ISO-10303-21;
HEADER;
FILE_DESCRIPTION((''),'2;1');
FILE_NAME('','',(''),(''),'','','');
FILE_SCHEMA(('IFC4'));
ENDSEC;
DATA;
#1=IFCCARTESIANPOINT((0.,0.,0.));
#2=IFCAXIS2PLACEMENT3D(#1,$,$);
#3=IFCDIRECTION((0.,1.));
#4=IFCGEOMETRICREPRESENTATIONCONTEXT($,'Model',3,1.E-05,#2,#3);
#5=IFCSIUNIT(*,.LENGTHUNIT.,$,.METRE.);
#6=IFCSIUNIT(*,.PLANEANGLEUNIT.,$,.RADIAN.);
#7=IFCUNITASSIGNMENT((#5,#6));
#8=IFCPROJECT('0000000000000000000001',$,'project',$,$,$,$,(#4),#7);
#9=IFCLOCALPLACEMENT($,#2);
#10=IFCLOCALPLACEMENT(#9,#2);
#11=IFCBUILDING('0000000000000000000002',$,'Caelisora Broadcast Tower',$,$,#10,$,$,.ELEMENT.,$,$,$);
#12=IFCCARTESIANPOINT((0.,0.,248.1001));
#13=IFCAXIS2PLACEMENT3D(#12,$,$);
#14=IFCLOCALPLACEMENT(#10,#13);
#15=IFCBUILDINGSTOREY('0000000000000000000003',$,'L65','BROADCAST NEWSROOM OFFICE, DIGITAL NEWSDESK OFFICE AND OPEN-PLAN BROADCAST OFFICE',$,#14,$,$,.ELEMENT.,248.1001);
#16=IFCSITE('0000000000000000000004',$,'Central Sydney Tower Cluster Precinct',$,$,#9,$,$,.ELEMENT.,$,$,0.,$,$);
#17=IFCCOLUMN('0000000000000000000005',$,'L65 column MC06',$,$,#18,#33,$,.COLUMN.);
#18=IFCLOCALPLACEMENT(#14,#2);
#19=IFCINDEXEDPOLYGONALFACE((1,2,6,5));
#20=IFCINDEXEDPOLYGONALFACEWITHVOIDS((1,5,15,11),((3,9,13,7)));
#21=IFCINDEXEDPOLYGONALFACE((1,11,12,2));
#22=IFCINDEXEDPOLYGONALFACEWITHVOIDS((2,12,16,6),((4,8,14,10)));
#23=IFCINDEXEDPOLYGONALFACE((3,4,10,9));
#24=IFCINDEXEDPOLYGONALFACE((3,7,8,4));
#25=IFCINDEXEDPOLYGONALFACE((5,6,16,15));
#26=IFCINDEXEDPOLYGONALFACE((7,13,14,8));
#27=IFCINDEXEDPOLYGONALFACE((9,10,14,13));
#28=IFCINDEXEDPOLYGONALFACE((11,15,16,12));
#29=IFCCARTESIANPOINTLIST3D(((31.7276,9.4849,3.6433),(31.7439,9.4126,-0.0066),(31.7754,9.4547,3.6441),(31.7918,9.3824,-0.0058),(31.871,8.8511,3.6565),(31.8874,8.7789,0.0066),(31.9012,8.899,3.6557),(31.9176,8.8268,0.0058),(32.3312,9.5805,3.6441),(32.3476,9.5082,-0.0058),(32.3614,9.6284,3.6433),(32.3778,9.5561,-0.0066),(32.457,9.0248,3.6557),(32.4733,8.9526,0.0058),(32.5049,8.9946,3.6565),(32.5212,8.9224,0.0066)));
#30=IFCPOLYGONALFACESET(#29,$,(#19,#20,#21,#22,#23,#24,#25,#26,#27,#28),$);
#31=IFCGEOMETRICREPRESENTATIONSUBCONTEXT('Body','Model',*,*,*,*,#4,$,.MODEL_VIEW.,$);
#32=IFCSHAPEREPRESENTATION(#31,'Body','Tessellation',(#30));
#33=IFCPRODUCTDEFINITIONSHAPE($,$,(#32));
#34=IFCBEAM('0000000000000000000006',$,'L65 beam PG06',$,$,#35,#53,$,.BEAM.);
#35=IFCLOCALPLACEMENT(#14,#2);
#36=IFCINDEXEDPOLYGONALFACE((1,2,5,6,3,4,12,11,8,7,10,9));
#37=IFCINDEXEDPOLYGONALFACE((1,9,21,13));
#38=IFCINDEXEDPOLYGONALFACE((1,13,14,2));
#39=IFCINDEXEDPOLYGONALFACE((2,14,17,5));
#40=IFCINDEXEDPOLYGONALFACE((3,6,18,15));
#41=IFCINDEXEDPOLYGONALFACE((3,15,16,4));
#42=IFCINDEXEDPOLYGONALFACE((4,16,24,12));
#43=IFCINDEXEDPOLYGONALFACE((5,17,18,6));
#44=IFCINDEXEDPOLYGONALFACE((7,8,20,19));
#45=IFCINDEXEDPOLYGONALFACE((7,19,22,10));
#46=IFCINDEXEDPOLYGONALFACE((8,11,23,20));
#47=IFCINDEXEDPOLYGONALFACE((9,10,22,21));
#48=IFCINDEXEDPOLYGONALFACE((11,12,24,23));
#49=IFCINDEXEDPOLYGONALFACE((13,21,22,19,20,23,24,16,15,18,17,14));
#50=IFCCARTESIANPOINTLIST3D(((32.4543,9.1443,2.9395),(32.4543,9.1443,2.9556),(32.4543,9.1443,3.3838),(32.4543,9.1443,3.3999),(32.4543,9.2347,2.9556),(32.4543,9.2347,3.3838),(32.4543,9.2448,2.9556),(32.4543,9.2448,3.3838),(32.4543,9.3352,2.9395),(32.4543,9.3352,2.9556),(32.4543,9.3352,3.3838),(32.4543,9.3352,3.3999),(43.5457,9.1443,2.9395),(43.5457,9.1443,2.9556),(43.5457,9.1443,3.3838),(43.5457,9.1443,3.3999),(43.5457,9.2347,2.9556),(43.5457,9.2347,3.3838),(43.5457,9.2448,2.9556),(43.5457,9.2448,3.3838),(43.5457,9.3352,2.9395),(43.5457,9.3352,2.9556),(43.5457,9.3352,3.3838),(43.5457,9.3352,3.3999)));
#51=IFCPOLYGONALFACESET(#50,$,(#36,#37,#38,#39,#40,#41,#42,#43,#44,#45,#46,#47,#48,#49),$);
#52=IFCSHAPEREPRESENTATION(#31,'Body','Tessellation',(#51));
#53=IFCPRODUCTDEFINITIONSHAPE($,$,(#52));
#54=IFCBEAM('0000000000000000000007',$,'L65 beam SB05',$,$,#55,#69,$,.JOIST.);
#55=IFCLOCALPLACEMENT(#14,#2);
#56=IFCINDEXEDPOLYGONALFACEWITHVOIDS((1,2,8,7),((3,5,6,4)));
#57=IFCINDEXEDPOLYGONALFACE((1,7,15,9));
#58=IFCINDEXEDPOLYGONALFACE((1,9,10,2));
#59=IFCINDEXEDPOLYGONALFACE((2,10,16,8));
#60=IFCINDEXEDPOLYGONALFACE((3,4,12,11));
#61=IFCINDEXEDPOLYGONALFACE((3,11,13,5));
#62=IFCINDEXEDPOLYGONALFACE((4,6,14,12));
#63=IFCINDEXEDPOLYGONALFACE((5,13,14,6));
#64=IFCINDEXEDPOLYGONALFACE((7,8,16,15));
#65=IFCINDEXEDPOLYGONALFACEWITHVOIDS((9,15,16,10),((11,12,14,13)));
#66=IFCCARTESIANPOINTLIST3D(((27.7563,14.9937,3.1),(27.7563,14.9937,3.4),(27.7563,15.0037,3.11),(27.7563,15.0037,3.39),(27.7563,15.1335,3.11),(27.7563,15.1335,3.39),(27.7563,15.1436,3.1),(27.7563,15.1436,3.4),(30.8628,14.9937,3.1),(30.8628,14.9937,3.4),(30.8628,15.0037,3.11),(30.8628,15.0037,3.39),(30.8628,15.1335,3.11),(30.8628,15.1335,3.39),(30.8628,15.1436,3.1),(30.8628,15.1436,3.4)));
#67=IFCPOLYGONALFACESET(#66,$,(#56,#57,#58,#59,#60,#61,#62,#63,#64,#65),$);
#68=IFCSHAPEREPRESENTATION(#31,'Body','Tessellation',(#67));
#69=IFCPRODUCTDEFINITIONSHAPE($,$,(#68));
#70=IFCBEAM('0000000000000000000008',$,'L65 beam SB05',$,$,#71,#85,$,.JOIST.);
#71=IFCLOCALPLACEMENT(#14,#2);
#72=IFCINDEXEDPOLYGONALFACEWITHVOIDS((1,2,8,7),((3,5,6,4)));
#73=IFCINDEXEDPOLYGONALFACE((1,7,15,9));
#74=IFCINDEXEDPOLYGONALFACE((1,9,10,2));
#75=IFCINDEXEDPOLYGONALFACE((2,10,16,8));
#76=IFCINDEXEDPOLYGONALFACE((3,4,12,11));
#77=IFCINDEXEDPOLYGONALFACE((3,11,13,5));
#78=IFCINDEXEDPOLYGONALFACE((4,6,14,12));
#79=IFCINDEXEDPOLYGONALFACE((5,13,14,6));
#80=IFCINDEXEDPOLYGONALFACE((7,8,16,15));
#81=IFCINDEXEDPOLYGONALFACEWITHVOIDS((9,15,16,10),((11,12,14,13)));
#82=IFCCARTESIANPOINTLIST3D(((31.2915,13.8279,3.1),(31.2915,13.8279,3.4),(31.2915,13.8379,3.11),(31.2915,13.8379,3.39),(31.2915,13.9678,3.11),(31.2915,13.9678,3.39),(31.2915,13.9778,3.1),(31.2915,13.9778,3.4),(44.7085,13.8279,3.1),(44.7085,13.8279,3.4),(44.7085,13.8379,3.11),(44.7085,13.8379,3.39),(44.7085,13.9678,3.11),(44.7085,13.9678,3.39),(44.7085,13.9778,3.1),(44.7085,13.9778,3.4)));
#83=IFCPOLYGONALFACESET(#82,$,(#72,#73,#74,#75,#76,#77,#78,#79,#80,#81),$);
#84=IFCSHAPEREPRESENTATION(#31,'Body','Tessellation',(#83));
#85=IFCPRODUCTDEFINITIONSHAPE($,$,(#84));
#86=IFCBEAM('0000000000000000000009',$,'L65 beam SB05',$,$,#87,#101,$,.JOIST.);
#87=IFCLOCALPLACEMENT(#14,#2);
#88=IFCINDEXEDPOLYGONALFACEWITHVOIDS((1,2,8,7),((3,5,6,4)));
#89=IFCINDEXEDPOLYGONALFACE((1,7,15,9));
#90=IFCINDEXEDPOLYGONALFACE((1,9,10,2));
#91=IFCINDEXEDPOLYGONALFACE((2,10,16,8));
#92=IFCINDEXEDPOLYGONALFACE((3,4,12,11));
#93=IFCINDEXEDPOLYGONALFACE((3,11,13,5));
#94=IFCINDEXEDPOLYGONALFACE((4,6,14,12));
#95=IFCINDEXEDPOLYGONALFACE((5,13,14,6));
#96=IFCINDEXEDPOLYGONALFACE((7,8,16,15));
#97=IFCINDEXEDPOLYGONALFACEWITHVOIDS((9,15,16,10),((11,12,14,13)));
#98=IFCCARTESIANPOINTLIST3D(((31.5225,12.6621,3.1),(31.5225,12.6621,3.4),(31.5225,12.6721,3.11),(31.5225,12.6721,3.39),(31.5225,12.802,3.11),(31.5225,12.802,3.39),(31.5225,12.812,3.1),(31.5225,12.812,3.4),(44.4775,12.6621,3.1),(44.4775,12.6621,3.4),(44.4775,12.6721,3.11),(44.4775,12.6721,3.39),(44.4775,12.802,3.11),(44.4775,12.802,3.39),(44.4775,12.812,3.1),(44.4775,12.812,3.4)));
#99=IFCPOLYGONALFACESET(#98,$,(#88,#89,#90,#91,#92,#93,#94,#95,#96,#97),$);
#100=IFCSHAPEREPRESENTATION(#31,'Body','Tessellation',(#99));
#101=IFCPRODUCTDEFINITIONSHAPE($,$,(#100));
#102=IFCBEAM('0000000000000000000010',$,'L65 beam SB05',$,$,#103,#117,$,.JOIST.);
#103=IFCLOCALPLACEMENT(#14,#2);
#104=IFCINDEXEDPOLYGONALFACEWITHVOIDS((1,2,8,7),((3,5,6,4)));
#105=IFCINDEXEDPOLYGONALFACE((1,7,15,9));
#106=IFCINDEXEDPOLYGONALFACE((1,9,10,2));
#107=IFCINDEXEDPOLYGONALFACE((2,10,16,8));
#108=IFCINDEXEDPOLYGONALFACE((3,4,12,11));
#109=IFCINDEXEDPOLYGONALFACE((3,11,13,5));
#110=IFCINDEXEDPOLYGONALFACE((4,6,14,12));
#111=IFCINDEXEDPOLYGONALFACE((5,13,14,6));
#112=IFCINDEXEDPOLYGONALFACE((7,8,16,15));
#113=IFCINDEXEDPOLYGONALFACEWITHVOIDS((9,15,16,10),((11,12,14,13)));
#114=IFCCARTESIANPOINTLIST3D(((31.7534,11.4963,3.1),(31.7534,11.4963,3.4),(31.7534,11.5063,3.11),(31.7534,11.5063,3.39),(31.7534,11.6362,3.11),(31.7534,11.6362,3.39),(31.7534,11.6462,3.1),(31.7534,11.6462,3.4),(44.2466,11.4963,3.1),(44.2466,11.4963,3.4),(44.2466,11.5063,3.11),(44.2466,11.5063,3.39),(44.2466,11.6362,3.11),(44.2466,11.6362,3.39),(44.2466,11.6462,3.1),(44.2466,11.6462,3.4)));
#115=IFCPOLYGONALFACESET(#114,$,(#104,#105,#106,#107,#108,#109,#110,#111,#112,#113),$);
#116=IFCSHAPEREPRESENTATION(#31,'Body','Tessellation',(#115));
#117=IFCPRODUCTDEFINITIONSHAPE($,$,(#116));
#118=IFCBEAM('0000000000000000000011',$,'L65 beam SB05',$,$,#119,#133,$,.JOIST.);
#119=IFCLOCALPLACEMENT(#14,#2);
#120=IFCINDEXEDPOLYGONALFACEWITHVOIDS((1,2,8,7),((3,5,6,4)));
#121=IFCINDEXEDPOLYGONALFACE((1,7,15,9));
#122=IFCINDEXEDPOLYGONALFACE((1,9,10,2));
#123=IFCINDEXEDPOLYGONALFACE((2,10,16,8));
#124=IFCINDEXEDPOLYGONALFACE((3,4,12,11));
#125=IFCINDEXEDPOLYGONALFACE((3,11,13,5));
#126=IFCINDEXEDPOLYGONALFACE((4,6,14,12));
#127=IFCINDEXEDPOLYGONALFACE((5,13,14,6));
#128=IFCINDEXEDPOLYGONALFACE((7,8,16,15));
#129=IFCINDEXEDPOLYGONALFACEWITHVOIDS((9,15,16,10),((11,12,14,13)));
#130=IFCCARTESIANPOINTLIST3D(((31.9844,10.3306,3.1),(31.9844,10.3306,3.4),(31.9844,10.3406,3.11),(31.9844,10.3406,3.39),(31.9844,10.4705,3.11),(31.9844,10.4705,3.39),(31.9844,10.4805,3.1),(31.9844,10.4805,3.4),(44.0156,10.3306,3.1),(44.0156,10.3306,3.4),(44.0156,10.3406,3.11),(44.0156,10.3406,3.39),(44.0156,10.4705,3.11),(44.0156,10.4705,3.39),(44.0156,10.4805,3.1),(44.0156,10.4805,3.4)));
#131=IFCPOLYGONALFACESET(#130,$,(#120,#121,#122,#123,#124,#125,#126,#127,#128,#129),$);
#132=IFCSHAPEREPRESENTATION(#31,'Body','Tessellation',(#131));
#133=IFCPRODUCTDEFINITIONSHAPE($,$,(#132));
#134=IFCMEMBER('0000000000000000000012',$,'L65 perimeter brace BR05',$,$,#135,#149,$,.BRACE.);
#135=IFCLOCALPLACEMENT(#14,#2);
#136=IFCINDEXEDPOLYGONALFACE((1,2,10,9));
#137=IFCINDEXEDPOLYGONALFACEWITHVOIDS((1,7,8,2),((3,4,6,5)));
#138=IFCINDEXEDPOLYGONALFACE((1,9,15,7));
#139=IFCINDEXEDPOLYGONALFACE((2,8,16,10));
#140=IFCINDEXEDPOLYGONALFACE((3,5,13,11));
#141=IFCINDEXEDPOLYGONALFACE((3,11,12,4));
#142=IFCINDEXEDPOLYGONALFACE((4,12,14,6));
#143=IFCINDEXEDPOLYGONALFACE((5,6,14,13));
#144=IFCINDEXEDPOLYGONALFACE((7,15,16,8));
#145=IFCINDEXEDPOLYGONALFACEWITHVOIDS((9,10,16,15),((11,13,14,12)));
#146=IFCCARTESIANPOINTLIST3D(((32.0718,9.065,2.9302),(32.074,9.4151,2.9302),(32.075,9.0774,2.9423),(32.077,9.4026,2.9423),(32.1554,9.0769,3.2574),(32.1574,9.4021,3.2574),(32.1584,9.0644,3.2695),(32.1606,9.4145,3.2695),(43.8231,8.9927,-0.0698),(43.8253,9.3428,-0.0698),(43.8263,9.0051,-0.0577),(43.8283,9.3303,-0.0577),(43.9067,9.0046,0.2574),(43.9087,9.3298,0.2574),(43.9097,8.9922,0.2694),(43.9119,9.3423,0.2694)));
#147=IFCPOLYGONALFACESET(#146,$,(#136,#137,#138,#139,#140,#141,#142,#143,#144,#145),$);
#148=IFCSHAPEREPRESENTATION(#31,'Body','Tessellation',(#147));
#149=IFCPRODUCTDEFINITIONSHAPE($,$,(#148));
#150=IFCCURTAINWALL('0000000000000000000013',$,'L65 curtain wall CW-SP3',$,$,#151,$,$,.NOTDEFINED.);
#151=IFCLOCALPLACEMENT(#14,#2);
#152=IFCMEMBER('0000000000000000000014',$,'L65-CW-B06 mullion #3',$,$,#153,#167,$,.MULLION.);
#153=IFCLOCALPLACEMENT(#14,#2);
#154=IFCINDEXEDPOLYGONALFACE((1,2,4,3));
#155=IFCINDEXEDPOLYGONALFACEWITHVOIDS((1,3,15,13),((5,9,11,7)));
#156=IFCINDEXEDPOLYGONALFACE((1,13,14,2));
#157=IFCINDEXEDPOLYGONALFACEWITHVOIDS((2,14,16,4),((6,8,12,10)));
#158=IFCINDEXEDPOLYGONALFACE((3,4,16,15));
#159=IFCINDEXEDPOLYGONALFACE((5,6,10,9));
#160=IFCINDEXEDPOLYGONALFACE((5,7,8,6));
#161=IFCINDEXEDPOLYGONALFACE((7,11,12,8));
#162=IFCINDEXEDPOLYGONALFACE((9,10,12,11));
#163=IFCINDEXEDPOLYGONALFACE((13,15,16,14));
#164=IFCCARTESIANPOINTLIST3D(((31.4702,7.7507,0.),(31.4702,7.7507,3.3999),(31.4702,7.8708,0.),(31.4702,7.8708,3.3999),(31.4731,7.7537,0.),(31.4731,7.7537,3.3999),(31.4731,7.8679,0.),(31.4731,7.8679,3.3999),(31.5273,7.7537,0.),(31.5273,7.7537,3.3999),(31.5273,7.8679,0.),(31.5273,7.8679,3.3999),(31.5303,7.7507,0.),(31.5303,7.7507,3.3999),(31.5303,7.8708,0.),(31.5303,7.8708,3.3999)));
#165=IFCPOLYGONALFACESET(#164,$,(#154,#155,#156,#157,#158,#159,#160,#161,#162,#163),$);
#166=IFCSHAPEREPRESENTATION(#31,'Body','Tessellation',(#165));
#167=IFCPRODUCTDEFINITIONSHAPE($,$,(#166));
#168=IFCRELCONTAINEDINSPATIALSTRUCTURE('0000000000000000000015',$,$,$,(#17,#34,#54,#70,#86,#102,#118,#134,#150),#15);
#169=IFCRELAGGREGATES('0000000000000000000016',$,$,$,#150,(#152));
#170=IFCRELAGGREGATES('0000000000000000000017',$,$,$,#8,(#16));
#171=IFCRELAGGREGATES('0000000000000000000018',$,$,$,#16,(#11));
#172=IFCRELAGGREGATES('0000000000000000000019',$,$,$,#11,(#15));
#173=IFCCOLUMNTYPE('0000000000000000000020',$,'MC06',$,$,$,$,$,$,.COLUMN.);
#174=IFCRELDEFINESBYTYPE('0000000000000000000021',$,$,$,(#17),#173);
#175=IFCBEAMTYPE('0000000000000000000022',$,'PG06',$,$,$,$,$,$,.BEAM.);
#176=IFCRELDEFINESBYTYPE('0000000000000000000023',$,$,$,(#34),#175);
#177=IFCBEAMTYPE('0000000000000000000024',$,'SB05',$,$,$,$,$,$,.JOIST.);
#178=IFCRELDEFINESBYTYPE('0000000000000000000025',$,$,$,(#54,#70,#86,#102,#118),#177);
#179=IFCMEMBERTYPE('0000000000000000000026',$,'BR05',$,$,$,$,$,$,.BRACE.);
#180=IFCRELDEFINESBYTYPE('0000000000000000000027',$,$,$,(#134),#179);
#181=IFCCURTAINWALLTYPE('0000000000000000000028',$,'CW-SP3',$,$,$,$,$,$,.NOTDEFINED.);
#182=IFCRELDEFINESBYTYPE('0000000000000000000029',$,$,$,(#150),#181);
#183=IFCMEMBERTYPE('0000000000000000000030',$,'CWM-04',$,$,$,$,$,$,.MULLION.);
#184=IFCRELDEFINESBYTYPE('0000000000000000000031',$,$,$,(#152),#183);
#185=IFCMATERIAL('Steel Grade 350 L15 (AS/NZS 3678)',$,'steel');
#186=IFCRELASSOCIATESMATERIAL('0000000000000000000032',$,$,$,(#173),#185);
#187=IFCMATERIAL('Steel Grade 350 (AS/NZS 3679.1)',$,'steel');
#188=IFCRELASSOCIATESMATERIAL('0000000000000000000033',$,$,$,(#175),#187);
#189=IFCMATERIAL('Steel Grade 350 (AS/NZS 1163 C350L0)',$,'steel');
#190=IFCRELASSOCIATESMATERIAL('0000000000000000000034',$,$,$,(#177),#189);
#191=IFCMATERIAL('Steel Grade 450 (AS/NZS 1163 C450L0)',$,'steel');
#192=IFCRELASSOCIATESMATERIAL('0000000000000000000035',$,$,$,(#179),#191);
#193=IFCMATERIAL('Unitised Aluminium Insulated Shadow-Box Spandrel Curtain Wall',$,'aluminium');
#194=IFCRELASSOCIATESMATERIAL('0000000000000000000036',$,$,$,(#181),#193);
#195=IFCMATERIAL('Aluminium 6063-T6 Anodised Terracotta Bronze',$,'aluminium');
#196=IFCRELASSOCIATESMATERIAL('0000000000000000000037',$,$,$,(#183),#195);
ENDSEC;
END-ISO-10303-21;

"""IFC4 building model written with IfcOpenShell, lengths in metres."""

from ifc_helpers import new_model, si_unit, direction, frame, origin, origin_2d, place, context, subcontext, project, spatial, hollow_rectangle, i_section, extrude, source, transform, mapped, material, material_profile, profile_set, type_object, type_shapes, element, aggregate, save


model = new_model("IFC4")

# Units and contexts
model_context = context("Model", 3, precision=1e-05, world=origin(), true_north=direction((0.0, 1.0)))
body_context = subcontext(model_context, "Body", "Model", "MODEL_VIEW")
ifc_project = project(units=[si_unit("LENGTHUNIT", "METRE"), si_unit("PLANEANGLEUNIT", "RADIAN")], contexts=[model_context])

# Site, building, storey
site_placement = place(None, origin())
site = spatial("IfcSite", under=ifc_project, at=site_placement, Name="Central Sydney Tower Cluster Precinct", CompositionType="ELEMENT", RefElevation=0.0)
building_placement = place(site_placement, origin())
building = spatial("IfcBuilding", under=site, at=building_placement, Name="Caelisora Broadcast Tower", CompositionType="ELEMENT")
storey_placement = place(building_placement, frame((0.0, 0.0, 248.1001)))
storey = spatial("IfcBuildingStorey", under=building, at=storey_placement, Name="L65", Description="BROADCAST NEWSROOM OFFICE, DIGITAL NEWSDESK OFFICE AND OPEN-PLAN BROADCAST OFFICE", CompositionType="ELEMENT", Elevation=248.1001)

# Column
ifc_material_1 = material(Name="Steel Grade 350 L15 (AS/NZS 3678)", Category="steel")
ifc_material_profile_1 = material_profile(ifc_material_1, hollow_rectangle(XDim=0.6499, YDim=0.6499, WallThickness=0.04, at=origin_2d()), Name="Steel Grade 350 L15 (AS/NZS 3678)")
ifc_profile_set_1 = profile_set([ifc_material_profile_1], Name="Steel Grade 350 L15 (AS/NZS 3678)")
column_type = type_object("IfcColumnType", Name="MC06", PredefinedType="COLUMN", material=ifc_profile_set_1)
shared_shape_1 = source(origin(), body_context, "Body", "SweptSolid", [
    extrude(hollow_rectangle(XDim=0.6499, YDim=0.6499, WallThickness=0.04, at=origin_2d()), origin(), (0.0, 0.0, 1.0), 3.6506),
])
type_shapes(column_type, [shared_shape_1])
column_placement = place(storey_placement, frame((32.1326, 9.1675, 0.0), z_axis=(-0.004481, 0.019795, 0.999794), x_axis=(-0.975327, -0.220767, 0.0)))
element("IfcColumn", 1, at=column_placement, inside=storey, type_object=column_type, Name="L65 column MC06", PredefinedType="COLUMN", context=body_context, shape_type="MappedRepresentation", body=[
    mapped(shared_shape_1, transform((0.0, 0.0, 0.0), scale=1.0)),
])

# Beams
ifc_material_2 = material(Name="Steel Grade 350 (AS/NZS 3679.1)", Category="steel")
ifc_material_profile_2 = material_profile(ifc_material_2, i_section(OverallWidth=0.1909, OverallDepth=0.4604, WebThickness=0.01, FlangeThickness=0.0161, at=origin_2d()), Name="Steel Grade 350 (AS/NZS 3679.1)")
ifc_profile_set_2 = profile_set([ifc_material_profile_2], Name="Steel Grade 350 (AS/NZS 3679.1)")
beam_type_1 = type_object("IfcBeamType", Name="PG06", PredefinedType="BEAM", material=ifc_profile_set_2)
shared_shape_2 = source(origin(), body_context, "Body", "SweptSolid", [
    extrude(i_section(OverallWidth=0.1909, OverallDepth=0.4604, WebThickness=0.01, FlangeThickness=0.0161, at=origin_2d()), origin(), (0.0, 0.0, 1.0), 11.0913),
])
type_shapes(beam_type_1, [shared_shape_2])
beam_1_placement = place(storey_placement, frame((32.4543, 9.2397, 3.1697), z_axis=(1.0, 0.0, 0.0), x_axis=(0.0, 1.0, 0.0)))
element("IfcBeam", 2, at=beam_1_placement, inside=storey, type_object=beam_type_1, Name="L65 beam PG06", PredefinedType="BEAM", context=body_context, shape_type="MappedRepresentation", body=[
    mapped(shared_shape_2, transform((0.0, 0.0, 0.0), scale=1.0)),
])
ifc_material_3 = material(Name="Steel Grade 350 (AS/NZS 1163 C350L0)", Category="steel")
ifc_material_profile_3 = material_profile(ifc_material_3, hollow_rectangle(XDim=0.1499, YDim=0.3, WallThickness=0.01, at=origin_2d()), Name="Steel Grade 350 (AS/NZS 1163 C350L0)")
ifc_profile_set_3 = profile_set([ifc_material_profile_3], Name="Steel Grade 350 (AS/NZS 1163 C350L0)")
beam_type_2 = type_object("IfcBeamType", Name="SB05", PredefinedType="JOIST", material=ifc_profile_set_3)
shared_shape_3 = source(origin(), body_context, "Body", "SweptSolid", [
    extrude(hollow_rectangle(XDim=0.1499, YDim=0.3, WallThickness=0.01, at=origin_2d()), origin(), (0.0, 0.0, 1.0), 3.1064),
])
beam_2_placement = place(storey_placement, frame((27.7563, 15.0686, 3.25), z_axis=(1.0, 0.0, 0.0), x_axis=(0.0, 1.0, 0.0)))
element("IfcBeam", 3, at=beam_2_placement, inside=storey, type_object=beam_type_2, Name="L65 beam SB05", PredefinedType="JOIST", context=body_context, shape_type="MappedRepresentation", body=[
    mapped(shared_shape_3, transform((0.0, 0.0, 0.0), scale=1.0)),
])
shared_shape_4 = source(origin(), body_context, "Body", "SweptSolid", [
    extrude(hollow_rectangle(XDim=0.1499, YDim=0.3, WallThickness=0.01, at=origin_2d()), origin(), (0.0, 0.0, 1.0), 13.417),
])
beam_3_placement = place(storey_placement, frame((31.2915, 13.9028, 3.25), z_axis=(1.0, 0.0, 0.0), x_axis=(0.0, 1.0, 0.0)))
element("IfcBeam", 4, at=beam_3_placement, inside=storey, type_object=beam_type_2, Name="L65 beam SB05", PredefinedType="JOIST", context=body_context, shape_type="MappedRepresentation", body=[
    mapped(shared_shape_4, transform((0.0, 0.0, 0.0), scale=1.0)),
])
shared_shape_5 = source(origin(), body_context, "Body", "SweptSolid", [
    extrude(hollow_rectangle(XDim=0.1499, YDim=0.3, WallThickness=0.01, at=origin_2d()), origin(), (0.0, 0.0, 1.0), 12.9551),
])
beam_4_placement = place(storey_placement, frame((31.5225, 12.7371, 3.25), z_axis=(1.0, 0.0, 0.0), x_axis=(0.0, 1.0, 0.0)))
element("IfcBeam", 5, at=beam_4_placement, inside=storey, type_object=beam_type_2, Name="L65 beam SB05", PredefinedType="JOIST", context=body_context, shape_type="MappedRepresentation", body=[
    mapped(shared_shape_5, transform((0.0, 0.0, 0.0), scale=1.0)),
])
shared_shape_6 = source(origin(), body_context, "Body", "SweptSolid", [
    extrude(hollow_rectangle(XDim=0.1499, YDim=0.3, WallThickness=0.01, at=origin_2d()), origin(), (0.0, 0.0, 1.0), 12.4932),
])
beam_5_placement = place(storey_placement, frame((31.7534, 11.5713, 3.25), z_axis=(1.0, 0.0, 0.0), x_axis=(0.0, 1.0, 0.0)))
element("IfcBeam", 6, at=beam_5_placement, inside=storey, type_object=beam_type_2, Name="L65 beam SB05", PredefinedType="JOIST", context=body_context, shape_type="MappedRepresentation", body=[
    mapped(shared_shape_6, transform((0.0, 0.0, 0.0), scale=1.0)),
])
shared_shape_7 = source(origin(), body_context, "Body", "SweptSolid", [
    extrude(hollow_rectangle(XDim=0.1499, YDim=0.3, WallThickness=0.01, at=origin_2d()), origin(), (0.0, 0.0, 1.0), 12.0312),
])
type_shapes(beam_type_2, [shared_shape_3, shared_shape_4, shared_shape_5, shared_shape_6, shared_shape_7])
beam_6_placement = place(storey_placement, frame((31.9844, 10.4055, 3.25), z_axis=(1.0, 0.0, 0.0), x_axis=(0.0, 1.0, 0.0)))
element("IfcBeam", 7, at=beam_6_placement, inside=storey, type_object=beam_type_2, Name="L65 beam SB05", PredefinedType="JOIST", context=body_context, shape_type="MappedRepresentation", body=[
    mapped(shared_shape_7, transform((0.0, 0.0, 0.0), scale=1.0)),
])

# Member
ifc_material_4 = material(Name="Steel Grade 450 (AS/NZS 1163 C450L0)", Category="steel")
ifc_material_profile_4 = material_profile(ifc_material_4, hollow_rectangle(XDim=0.3501, YDim=0.3501, WallThickness=0.0125, at=origin_2d()), Name="Steel Grade 450 (AS/NZS 1163 C450L0)")
ifc_profile_set_4 = profile_set([ifc_material_profile_4], Name="Steel Grade 450 (AS/NZS 1163 C450L0)")
member_type_1 = type_object("IfcMemberType", Name="BR05", PredefinedType="BRACE", material=ifc_profile_set_4)
shared_shape_8 = source(origin(), body_context, "Body", "SweptSolid", [
    extrude(hollow_rectangle(XDim=0.3501, YDim=0.3501, WallThickness=0.0125, at=origin_2d()), origin(), (0.0, 0.0, 1.0), 12.1284),
])
type_shapes(member_type_1, [shared_shape_8])
member_1_placement = place(storey_placement, frame((32.1162, 9.2397, 3.0999), z_axis=(0.968907, -0.005958, -0.247355), x_axis=(0.00615, 0.999981, 0.0)))
element("IfcMember", 8, at=member_1_placement, inside=storey, type_object=member_type_1, Name="L65 perimeter brace BR05", PredefinedType="BRACE", context=body_context, shape_type="MappedRepresentation", body=[
    mapped(shared_shape_8, transform((0.0, 0.0, 0.0), scale=1.0)),
])

# Curtain wall, member
ifc_material_5 = material(Name="Unitised Aluminium Insulated Shadow-Box Spandrel Curtain Wall", Category="aluminium")
curtain_wall_type_1 = type_object("IfcCurtainWallType", Name="CW-SP3", PredefinedType="NOTDEFINED", material=ifc_material_5)
curtain_wall_1_placement = place(storey_placement, origin())
curtain_wall_1 = element("IfcCurtainWall", 9, at=curtain_wall_1_placement, inside=storey, type_object=curtain_wall_type_1, Name="L65 curtain wall CW-SP3", PredefinedType="NOTDEFINED")
ifc_material_6 = material(Name="Aluminium 6063-T6 Anodised Terracotta Bronze", Category="aluminium")
ifc_material_profile_5 = material_profile(ifc_material_6, hollow_rectangle(XDim=0.0601, YDim=0.1201, WallThickness=0.0029, at=origin_2d()), Name="Aluminium 6063-T6 Anodised Terracotta Bronze")
ifc_profile_set_5 = profile_set([ifc_material_profile_5], Name="Aluminium 6063-T6 Anodised Terracotta Bronze")
member_type_2 = type_object("IfcMemberType", Name="CWM-04", PredefinedType="MULLION", material=ifc_profile_set_5)
shared_shape_9 = source(origin(), body_context, "Body", "SweptSolid", [
    extrude(hollow_rectangle(XDim=0.0601, YDim=0.1201, WallThickness=0.0029, at=origin_2d()), origin(), (0.0, 0.0, 1.0), 3.3999),
])
type_shapes(member_type_2, [shared_shape_9])
member_2_placement = place(storey_placement, frame((31.5002, 7.8108, 0.0), z_axis=(0.0, 0.0, 1.0), x_axis=(1.0, 0.0, 0.0)))
member_2 = element("IfcMember", 10, at=member_2_placement, type_object=member_type_2, Name="L65-CW-B06 mullion #3", PredefinedType="MULLION", context=body_context, shape_type="MappedRepresentation", body=[
    mapped(shared_shape_9, transform((0.0, 0.0, 0.0), scale=1.0)),
])

aggregate(curtain_wall_1, [member_2])

save(model, "model.ifc")
